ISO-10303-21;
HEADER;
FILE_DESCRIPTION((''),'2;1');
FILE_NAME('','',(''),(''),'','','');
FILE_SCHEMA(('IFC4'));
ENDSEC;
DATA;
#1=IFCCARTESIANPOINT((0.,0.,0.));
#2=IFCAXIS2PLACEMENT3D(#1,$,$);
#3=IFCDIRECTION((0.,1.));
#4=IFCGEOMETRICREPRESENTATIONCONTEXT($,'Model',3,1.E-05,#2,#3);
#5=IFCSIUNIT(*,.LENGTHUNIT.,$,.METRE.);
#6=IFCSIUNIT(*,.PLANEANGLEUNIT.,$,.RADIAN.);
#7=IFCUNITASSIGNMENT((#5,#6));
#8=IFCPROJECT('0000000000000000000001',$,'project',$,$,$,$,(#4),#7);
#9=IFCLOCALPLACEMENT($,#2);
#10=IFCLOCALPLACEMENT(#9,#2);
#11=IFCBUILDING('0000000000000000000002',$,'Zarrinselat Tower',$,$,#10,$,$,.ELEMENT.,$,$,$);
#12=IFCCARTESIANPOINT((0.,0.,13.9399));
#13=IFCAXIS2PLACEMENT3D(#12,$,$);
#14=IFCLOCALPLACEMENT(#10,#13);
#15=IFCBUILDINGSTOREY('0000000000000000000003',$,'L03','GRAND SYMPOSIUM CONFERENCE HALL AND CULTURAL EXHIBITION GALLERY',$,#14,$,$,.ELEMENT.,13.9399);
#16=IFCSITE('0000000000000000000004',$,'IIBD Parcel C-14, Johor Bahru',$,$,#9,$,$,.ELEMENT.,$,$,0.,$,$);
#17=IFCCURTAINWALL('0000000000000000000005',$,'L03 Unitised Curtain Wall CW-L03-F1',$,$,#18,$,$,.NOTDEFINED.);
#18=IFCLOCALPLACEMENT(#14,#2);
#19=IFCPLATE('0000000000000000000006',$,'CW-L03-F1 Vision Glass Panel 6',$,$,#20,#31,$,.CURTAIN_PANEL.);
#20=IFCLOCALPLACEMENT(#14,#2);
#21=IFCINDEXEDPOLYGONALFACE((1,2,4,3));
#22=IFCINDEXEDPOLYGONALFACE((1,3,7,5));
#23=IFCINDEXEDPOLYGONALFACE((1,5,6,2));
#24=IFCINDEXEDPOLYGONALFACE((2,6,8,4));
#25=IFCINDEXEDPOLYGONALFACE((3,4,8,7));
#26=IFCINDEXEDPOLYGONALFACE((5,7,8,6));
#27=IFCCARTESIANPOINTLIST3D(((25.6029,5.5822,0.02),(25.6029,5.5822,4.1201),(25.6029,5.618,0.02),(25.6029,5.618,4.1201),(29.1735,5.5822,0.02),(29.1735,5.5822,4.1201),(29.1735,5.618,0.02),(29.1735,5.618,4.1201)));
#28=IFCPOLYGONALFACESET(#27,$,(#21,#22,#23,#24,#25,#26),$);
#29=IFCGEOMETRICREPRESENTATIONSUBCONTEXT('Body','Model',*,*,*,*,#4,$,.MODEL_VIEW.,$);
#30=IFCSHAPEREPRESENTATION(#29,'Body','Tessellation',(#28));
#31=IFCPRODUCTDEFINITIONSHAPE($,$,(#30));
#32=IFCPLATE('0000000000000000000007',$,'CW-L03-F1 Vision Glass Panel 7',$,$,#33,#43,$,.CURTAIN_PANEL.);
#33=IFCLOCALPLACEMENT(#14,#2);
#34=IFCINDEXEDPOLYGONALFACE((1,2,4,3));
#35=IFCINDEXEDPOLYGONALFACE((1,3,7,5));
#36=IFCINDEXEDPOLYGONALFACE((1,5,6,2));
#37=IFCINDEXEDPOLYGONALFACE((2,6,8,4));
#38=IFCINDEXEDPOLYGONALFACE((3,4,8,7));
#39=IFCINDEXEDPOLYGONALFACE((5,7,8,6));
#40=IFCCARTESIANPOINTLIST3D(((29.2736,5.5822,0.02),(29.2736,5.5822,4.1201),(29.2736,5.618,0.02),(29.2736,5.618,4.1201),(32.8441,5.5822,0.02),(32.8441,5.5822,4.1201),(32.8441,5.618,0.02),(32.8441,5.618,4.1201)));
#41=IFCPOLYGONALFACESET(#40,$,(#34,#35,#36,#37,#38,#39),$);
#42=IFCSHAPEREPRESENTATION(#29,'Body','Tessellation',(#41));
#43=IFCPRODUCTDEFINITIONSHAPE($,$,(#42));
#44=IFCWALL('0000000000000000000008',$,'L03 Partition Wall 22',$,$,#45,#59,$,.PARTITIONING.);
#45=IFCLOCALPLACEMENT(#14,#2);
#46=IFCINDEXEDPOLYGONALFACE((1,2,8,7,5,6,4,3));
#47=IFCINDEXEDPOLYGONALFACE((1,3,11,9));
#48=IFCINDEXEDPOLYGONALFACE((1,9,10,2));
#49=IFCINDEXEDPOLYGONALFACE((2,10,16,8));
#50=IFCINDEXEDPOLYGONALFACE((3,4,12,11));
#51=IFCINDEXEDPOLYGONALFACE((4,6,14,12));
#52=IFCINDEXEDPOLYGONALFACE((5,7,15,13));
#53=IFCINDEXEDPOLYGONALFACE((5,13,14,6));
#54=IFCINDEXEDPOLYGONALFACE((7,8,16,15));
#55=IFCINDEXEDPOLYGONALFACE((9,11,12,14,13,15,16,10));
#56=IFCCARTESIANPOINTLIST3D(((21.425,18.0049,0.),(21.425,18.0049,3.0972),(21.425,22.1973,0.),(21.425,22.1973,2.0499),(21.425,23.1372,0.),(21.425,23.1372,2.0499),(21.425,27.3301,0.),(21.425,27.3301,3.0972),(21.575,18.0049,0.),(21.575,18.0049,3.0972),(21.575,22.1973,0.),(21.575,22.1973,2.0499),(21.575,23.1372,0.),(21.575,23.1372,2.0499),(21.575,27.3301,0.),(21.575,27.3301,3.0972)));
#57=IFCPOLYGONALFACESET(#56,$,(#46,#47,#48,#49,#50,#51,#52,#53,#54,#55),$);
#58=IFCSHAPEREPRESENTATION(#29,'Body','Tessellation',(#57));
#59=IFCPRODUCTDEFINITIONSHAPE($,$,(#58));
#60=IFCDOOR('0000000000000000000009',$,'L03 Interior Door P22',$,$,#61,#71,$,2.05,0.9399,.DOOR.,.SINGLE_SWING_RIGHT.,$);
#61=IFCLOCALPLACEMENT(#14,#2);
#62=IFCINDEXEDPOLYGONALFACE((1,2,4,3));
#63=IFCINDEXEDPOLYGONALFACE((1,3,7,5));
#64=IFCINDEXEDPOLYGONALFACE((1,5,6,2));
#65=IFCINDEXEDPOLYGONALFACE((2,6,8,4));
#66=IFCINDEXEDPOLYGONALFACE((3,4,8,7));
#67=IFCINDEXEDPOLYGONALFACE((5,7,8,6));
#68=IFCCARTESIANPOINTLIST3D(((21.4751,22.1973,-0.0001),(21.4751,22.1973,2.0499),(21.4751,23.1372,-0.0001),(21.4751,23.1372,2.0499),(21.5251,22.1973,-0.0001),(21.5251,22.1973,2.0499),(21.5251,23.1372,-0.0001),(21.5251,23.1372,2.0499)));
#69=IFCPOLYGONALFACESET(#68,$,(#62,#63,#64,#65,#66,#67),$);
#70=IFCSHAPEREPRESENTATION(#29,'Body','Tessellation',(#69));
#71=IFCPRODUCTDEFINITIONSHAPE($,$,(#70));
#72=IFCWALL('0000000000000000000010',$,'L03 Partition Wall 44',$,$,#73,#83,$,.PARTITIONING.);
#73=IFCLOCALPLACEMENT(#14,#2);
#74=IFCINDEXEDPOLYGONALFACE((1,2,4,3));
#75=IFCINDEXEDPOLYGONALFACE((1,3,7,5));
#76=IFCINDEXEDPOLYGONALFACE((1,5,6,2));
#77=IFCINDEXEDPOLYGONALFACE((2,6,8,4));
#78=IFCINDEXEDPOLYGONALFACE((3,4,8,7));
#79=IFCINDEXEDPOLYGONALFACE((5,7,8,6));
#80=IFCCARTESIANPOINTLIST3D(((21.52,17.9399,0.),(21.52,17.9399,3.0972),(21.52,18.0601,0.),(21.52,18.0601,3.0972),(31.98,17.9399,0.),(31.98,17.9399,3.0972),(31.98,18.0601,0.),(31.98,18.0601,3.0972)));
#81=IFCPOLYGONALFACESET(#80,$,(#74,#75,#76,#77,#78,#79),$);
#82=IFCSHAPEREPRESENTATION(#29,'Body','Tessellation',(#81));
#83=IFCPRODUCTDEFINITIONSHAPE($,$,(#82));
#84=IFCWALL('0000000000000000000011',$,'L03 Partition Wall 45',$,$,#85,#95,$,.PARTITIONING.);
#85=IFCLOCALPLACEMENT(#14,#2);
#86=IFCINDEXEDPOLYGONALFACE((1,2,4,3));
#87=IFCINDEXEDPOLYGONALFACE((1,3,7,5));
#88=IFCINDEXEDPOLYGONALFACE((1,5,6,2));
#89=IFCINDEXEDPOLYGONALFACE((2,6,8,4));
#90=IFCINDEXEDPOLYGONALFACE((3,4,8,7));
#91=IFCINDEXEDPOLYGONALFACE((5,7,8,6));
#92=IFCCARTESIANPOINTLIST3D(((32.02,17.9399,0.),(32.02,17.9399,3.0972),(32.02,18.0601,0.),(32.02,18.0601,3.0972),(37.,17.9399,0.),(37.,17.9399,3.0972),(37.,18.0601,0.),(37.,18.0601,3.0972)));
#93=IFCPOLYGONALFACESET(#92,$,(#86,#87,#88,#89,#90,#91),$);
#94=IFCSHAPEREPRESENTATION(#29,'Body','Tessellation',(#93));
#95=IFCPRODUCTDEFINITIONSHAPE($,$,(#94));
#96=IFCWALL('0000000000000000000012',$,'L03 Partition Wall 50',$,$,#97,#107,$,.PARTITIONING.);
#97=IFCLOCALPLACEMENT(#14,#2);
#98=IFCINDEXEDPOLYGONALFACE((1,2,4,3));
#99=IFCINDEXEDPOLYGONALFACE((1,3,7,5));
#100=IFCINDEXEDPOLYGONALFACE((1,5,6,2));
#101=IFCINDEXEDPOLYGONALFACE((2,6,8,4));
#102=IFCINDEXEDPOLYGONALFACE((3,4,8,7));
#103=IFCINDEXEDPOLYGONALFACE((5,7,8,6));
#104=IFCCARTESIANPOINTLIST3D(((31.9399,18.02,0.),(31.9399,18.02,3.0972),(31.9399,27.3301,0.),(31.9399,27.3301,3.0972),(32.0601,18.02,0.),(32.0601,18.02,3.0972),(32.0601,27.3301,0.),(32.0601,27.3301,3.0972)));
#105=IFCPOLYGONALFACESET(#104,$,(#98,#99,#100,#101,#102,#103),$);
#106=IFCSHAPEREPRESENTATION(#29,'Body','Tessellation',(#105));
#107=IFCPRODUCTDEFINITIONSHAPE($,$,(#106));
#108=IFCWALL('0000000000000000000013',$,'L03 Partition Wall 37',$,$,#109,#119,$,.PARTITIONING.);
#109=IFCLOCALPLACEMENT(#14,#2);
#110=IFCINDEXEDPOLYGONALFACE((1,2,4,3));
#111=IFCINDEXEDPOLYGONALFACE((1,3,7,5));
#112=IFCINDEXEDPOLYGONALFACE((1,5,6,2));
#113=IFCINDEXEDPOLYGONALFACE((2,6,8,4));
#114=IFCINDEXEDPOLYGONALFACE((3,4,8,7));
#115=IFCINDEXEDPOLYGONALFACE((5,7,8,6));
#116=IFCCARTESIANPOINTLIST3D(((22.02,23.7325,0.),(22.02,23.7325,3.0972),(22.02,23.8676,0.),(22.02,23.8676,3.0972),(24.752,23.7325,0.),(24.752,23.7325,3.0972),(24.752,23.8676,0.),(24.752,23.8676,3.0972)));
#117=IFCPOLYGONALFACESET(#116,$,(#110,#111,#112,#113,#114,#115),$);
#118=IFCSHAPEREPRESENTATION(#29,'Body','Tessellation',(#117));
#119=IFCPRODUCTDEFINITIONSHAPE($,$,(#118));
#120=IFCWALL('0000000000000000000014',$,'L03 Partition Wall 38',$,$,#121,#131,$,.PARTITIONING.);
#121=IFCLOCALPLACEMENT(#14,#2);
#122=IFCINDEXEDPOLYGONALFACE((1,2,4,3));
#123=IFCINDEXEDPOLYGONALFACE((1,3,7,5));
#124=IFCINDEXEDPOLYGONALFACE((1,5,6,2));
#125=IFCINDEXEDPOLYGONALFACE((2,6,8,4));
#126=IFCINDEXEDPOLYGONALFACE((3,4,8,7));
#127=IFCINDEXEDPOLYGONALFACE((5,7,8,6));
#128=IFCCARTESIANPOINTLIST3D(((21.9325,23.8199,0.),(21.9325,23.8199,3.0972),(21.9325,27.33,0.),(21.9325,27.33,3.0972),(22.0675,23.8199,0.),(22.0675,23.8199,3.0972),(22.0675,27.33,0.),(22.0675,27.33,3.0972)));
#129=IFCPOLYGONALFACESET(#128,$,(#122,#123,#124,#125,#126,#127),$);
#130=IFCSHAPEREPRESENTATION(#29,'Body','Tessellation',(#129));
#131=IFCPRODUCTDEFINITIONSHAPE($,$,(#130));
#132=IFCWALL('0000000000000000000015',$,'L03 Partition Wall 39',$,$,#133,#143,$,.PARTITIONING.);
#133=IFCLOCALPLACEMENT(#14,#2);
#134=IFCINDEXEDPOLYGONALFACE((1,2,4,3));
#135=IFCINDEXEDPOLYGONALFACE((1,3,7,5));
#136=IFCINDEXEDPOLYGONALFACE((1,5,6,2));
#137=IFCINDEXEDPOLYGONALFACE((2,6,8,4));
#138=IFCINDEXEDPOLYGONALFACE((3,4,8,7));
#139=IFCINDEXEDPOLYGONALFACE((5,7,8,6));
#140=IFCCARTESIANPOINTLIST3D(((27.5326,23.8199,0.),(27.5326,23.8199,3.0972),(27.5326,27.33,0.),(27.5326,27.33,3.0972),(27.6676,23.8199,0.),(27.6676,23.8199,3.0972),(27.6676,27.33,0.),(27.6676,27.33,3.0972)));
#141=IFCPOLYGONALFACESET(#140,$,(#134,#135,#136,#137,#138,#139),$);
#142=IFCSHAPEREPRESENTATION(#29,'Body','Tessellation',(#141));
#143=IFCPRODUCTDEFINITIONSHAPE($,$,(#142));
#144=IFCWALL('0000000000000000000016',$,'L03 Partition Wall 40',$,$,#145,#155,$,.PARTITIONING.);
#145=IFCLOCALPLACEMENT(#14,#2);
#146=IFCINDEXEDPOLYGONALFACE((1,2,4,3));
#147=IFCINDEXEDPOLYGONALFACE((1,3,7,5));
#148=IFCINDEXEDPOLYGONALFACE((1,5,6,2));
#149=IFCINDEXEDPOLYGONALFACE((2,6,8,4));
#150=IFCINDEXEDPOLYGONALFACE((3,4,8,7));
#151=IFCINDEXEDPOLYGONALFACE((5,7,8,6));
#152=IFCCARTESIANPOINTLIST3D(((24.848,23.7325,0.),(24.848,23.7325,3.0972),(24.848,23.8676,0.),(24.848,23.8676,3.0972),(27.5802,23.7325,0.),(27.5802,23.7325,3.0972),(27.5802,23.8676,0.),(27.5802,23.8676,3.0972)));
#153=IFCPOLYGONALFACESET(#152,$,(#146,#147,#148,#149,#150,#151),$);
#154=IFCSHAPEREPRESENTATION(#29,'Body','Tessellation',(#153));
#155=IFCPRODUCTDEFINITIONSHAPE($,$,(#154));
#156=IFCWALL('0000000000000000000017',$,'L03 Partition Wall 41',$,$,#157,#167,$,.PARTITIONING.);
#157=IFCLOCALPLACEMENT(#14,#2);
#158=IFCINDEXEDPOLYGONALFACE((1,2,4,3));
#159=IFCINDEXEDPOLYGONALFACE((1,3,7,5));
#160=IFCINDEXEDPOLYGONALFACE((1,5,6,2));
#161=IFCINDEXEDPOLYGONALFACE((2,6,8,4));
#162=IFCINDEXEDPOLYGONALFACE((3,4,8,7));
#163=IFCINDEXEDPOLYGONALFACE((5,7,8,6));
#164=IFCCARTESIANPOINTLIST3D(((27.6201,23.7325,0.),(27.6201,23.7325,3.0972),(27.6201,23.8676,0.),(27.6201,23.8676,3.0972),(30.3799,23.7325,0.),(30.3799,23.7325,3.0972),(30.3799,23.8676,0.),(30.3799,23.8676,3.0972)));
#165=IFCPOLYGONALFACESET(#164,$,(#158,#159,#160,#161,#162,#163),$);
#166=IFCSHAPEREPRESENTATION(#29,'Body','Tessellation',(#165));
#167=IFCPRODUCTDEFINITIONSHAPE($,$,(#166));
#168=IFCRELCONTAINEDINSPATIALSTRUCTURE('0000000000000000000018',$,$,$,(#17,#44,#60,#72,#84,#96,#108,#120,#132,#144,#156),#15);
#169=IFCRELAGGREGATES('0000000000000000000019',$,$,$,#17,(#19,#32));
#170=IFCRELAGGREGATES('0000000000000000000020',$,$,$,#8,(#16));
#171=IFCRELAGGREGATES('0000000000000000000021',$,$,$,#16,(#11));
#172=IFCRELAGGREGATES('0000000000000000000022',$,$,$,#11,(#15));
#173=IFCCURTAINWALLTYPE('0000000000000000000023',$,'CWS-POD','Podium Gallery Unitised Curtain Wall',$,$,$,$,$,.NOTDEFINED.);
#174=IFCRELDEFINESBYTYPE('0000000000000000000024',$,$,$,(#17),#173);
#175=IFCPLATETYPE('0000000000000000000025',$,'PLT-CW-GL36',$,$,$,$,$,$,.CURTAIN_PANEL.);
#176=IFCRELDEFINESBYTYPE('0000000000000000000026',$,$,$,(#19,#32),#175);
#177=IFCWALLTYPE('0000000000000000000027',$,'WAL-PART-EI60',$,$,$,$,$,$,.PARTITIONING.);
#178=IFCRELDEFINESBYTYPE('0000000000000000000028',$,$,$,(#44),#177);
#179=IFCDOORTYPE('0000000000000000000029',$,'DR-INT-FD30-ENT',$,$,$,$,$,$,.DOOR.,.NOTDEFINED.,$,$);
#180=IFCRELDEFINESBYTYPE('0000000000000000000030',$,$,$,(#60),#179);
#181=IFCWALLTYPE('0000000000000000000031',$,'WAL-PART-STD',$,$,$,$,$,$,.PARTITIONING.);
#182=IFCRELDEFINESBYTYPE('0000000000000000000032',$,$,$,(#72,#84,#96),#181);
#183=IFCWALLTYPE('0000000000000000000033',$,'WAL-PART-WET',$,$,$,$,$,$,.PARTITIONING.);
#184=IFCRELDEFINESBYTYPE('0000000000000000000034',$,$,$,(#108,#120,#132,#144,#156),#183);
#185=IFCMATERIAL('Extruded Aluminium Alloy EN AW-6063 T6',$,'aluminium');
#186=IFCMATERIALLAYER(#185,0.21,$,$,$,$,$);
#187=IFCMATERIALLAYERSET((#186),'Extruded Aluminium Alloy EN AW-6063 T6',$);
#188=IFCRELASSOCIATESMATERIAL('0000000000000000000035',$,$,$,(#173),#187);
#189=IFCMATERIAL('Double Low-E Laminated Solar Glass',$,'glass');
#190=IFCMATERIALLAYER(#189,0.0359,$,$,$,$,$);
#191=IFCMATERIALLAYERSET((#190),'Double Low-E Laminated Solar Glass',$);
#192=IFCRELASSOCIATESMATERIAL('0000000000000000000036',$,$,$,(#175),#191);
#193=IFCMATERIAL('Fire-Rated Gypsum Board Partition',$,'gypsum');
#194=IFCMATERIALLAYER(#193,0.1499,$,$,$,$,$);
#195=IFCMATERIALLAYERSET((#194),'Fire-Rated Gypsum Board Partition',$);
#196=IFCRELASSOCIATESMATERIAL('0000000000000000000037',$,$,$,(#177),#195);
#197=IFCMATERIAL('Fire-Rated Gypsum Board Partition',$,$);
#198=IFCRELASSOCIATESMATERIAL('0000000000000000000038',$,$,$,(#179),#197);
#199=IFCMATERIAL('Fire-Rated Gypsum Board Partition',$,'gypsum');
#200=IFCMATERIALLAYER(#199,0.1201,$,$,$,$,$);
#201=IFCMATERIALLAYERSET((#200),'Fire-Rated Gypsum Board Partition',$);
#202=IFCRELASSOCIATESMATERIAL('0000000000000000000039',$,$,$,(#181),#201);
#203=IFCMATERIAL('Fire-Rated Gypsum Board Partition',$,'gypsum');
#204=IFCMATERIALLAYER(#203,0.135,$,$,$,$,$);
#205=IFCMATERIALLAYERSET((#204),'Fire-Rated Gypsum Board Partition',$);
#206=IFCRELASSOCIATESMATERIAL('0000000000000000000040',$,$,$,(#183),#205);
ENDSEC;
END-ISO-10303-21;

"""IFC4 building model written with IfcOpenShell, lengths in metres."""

from ifc_helpers import new_model, si_unit, direction, frame, frame_2d, origin, origin_2d, place, context, subcontext, project, spatial, rectangle, extrude, material, layer, layer_set, type_object, element, fill, aggregate, save


model = new_model("IFC4")

# Units and contexts
model_context = context("Model", 3, precision=1e-05, world=origin(), true_north=direction((0.0, 1.0)))
body_context = subcontext(model_context, "Body", "Model", "MODEL_VIEW")
ifc_project = project(units=[si_unit("LENGTHUNIT", "METRE"), si_unit("PLANEANGLEUNIT", "RADIAN")], contexts=[model_context])

# Site, building, storey
site_placement = place(None, origin())
site = spatial("IfcSite", under=ifc_project, at=site_placement, Name="IIBD Parcel C-14, Johor Bahru", CompositionType="ELEMENT", RefElevation=0.0)
building_placement = place(site_placement, origin())
building = spatial("IfcBuilding", under=site, at=building_placement, Name="Zarrinselat Tower", CompositionType="ELEMENT")
storey_placement = place(building_placement, frame((0.0, 0.0, 13.9399)))
storey = spatial("IfcBuildingStorey", under=building, at=storey_placement, Name="L03", Description="GRAND SYMPOSIUM CONFERENCE HALL AND CULTURAL EXHIBITION GALLERY", CompositionType="ELEMENT", Elevation=13.9399)

# Curtain wall, plates
ifc_material_1 = material(Name="Extruded Aluminium Alloy EN AW-6063 T6", Category="aluminium")
ifc_layer_1 = layer(ifc_material_1, 0.21)
ifc_layer_set_1 = layer_set([ifc_layer_1], Name="Extruded Aluminium Alloy EN AW-6063 T6")
curtain_wall_type = type_object("IfcCurtainWallType", Name="CWS-POD", Description="Podium Gallery Unitised Curtain Wall", PredefinedType="NOTDEFINED", material=ifc_layer_set_1)
curtain_wall_placement = place(storey_placement, origin())
curtain_wall = element("IfcCurtainWall", 1, at=curtain_wall_placement, inside=storey, type_object=curtain_wall_type, Name="L03 Unitised Curtain Wall CW-L03-F1", PredefinedType="NOTDEFINED")
ifc_material_2 = material(Name="Double Low-E Laminated Solar Glass", Category="glass")
ifc_layer_2 = layer(ifc_material_2, 0.0359)
ifc_layer_set_2 = layer_set([ifc_layer_2], Name="Double Low-E Laminated Solar Glass")
plate_type = type_object("IfcPlateType", Name="PLT-CW-GL36", PredefinedType="CURTAIN_PANEL", material=ifc_layer_set_2)
plate_1_placement = place(storey_placement, frame((27.3882, 5.6001, 0.02), z_axis=(0.0, 0.0, 1.0), x_axis=(1.0, 0.0, 0.0)))
plate_1 = element("IfcPlate", 2, at=plate_1_placement, type_object=plate_type, Name="CW-L03-F1 Vision Glass Panel 6", PredefinedType="CURTAIN_PANEL", context=body_context, shape_type="SweptSolid", body=[
    extrude(rectangle(XDim=3.5706, YDim=0.0359, at=origin_2d()), origin(), (0.0, 0.0, 1.0), 4.1001),
])
plate_2_placement = place(storey_placement, frame((31.0588, 5.6001, 0.02), z_axis=(0.0, 0.0, 1.0), x_axis=(1.0, 0.0, 0.0)))
plate_2 = element("IfcPlate", 3, at=plate_2_placement, type_object=plate_type, Name="CW-L03-F1 Vision Glass Panel 7", PredefinedType="CURTAIN_PANEL", context=body_context, shape_type="SweptSolid", body=[
    extrude(rectangle(XDim=3.5706, YDim=0.0359, at=origin_2d()), origin(), (0.0, 0.0, 1.0), 4.1001),
])
aggregate(curtain_wall, [plate_1, plate_2])

# Wall, opening, door
ifc_material_3 = material(Name="Fire-Rated Gypsum Board Partition", Category="gypsum")
ifc_layer_3 = layer(ifc_material_3, 0.1499)
ifc_layer_set_3 = layer_set([ifc_layer_3], Name="Fire-Rated Gypsum Board Partition")
wall_type_1 = type_object("IfcWallType", Name="WAL-PART-EI60", PredefinedType="PARTITIONING", material=ifc_layer_set_3)
wall_1_placement = place(storey_placement, frame((21.5, 18.0049, 0.0), z_axis=(0.0, 0.0, 1.0), x_axis=(0.0, 1.0, 0.0)))
wall_1 = element("IfcWall", 4, at=wall_1_placement, inside=storey, type_object=wall_type_1, Name="L03 Partition Wall 22", PredefinedType="PARTITIONING", context=body_context, shape_type="SweptSolid", body=[
    extrude(rectangle(XDim=9.3252, YDim=0.1499, at=frame_2d((4.6626, 0.0))), origin(), (0.0, 0.0, 1.0), 3.0972),
])
opening_placement = place(wall_1_placement, frame((4.1924, 0.0, 0.0)))
opening = element("IfcOpeningElement", 5, at=opening_placement, cuts=wall_1, PredefinedType="OPENING", context=body_context, shape_type="SweptSolid", body=[
    extrude(rectangle(XDim=0.9399, YDim=2.05, at=frame_2d((0.47, 1.0249))), frame((0.0, 0.085, 0.0), z_axis=(0.0, -1.0, 0.0), x_axis=(1.0, 0.0, 0.0)), (0.0, 0.0, 1.0), 0.1699),
])
ifc_material_4 = material(Name="Fire-Rated Gypsum Board Partition")
door_type = type_object("IfcDoorType", Name="DR-INT-FD30-ENT", OperationType="NOTDEFINED", PredefinedType="DOOR", material=ifc_material_4)
door_placement = place(opening_placement, origin())
door = element("IfcDoor", 6, at=door_placement, inside=storey, type_object=door_type, Name="L03 Interior Door P22", OperationType="SINGLE_SWING_RIGHT", OverallHeight=2.05, OverallWidth=0.9399, PredefinedType="DOOR", context=body_context, shape_type="SweptSolid", body=[
    extrude(rectangle(XDim=0.9399, YDim=2.05, at=frame_2d((0.47, 1.0249))), frame((0.0, 0.0249, 0.0), z_axis=(0.0, -1.0, 0.0), x_axis=(1.0, 0.0, 0.0)), (0.0, 0.0, 1.0), 0.05),
])
fill(opening, door)

# Walls
ifc_material_5 = material(Name="Fire-Rated Gypsum Board Partition", Category="gypsum")
ifc_layer_4 = layer(ifc_material_5, 0.1201)
ifc_layer_set_4 = layer_set([ifc_layer_4], Name="Fire-Rated Gypsum Board Partition")
wall_type_2 = type_object("IfcWallType", Name="WAL-PART-STD", PredefinedType="PARTITIONING", material=ifc_layer_set_4)
wall_2_placement = place(storey_placement, frame((21.52, 18.0, 0.0), z_axis=(0.0, 0.0, 1.0), x_axis=(1.0, 0.0, 0.0)))
element("IfcWall", 7, at=wall_2_placement, inside=storey, type_object=wall_type_2, Name="L03 Partition Wall 44", PredefinedType="PARTITIONING", context=body_context, shape_type="SweptSolid", body=[
    extrude(rectangle(XDim=10.46, YDim=0.1201, at=frame_2d((5.23, 0.0))), origin(), (0.0, 0.0, 1.0), 3.0972),
])
wall_3_placement = place(storey_placement, frame((32.02, 18.0, 0.0), z_axis=(0.0, 0.0, 1.0), x_axis=(1.0, 0.0, 0.0)))
element("IfcWall", 8, at=wall_3_placement, inside=storey, type_object=wall_type_2, Name="L03 Partition Wall 45", PredefinedType="PARTITIONING", context=body_context, shape_type="SweptSolid", body=[
    extrude(rectangle(XDim=4.98, YDim=0.1201, at=frame_2d((2.49, 0.0))), origin(), (0.0, 0.0, 1.0), 3.0972),
])
wall_4_placement = place(storey_placement, frame((32.0, 18.02, 0.0), z_axis=(0.0, 0.0, 1.0), x_axis=(0.0, 1.0, 0.0)))
element("IfcWall", 9, at=wall_4_placement, inside=storey, type_object=wall_type_2, Name="L03 Partition Wall 50", PredefinedType="PARTITIONING", context=body_context, shape_type="SweptSolid", body=[
    extrude(rectangle(XDim=9.3101, YDim=0.1201, at=frame_2d((4.655, 0.0))), origin(), (0.0, 0.0, 1.0), 3.0972),
])
ifc_material_6 = material(Name="Fire-Rated Gypsum Board Partition", Category="gypsum")
ifc_layer_5 = layer(ifc_material_6, 0.135)
ifc_layer_set_5 = layer_set([ifc_layer_5], Name="Fire-Rated Gypsum Board Partition")
wall_type_3 = type_object("IfcWallType", Name="WAL-PART-WET", PredefinedType="PARTITIONING", material=ifc_layer_set_5)
wall_5_placement = place(storey_placement, frame((22.02, 23.8, 0.0), z_axis=(0.0, 0.0, 1.0), x_axis=(1.0, 0.0, 0.0)))
element("IfcWall", 10, at=wall_5_placement, inside=storey, type_object=wall_type_3, Name="L03 Partition Wall 37", PredefinedType="PARTITIONING", context=body_context, shape_type="SweptSolid", body=[
    extrude(rectangle(XDim=2.7319, YDim=0.135, at=frame_2d((1.366, 0.0))), origin(), (0.0, 0.0, 1.0), 3.0972),
])
for number, where, z_axis, x_axis, name in (
    (11, (22.0, 23.8201, 0.0), (0.0, 0.0, 1.0), (0.0, 1.0, 0.0), "L03 Partition Wall 38"),
    (12, (27.6001, 23.8201, 0.0), (0.0, 0.0, 1.0), (0.0, 1.0, 0.0), "L03 Partition Wall 39"),
):
    element("IfcWall", number, at=place(storey_placement, frame(where, z_axis=z_axis, x_axis=x_axis)), inside=storey, type_object=wall_type_3, Name=name, PredefinedType="PARTITIONING", context=body_context, shape_type="SweptSolid", body=[
        extrude(rectangle(XDim=3.51, YDim=0.135, at=frame_2d((1.7549, 0.0))), origin(), (0.0, 0.0, 1.0), 3.0972),
    ])
wall_6_placement = place(storey_placement, frame((24.8479, 23.8, 0.0), z_axis=(0.0, 0.0, 1.0), x_axis=(1.0, 0.0, 0.0)))
element("IfcWall", 13, at=wall_6_placement, inside=storey, type_object=wall_type_3, Name="L03 Partition Wall 40", PredefinedType="PARTITIONING", context=body_context, shape_type="SweptSolid", body=[
    extrude(rectangle(XDim=2.7322, YDim=0.135, at=frame_2d((1.3662, 0.0))), origin(), (0.0, 0.0, 1.0), 3.0972),
])
wall_7_placement = place(storey_placement, frame((27.6201, 23.8, 0.0), z_axis=(0.0, 0.0, 1.0), x_axis=(1.0, 0.0, 0.0)))
element("IfcWall", 14, at=wall_7_placement, inside=storey, type_object=wall_type_3, Name="L03 Partition Wall 41", PredefinedType="PARTITIONING", context=body_context, shape_type="SweptSolid", body=[
    extrude(rectangle(XDim=2.7598, YDim=0.135, at=frame_2d((1.3799, 0.0))), origin(), (0.0, 0.0, 1.0), 3.0972),
])

save(model, "model.ifc")
